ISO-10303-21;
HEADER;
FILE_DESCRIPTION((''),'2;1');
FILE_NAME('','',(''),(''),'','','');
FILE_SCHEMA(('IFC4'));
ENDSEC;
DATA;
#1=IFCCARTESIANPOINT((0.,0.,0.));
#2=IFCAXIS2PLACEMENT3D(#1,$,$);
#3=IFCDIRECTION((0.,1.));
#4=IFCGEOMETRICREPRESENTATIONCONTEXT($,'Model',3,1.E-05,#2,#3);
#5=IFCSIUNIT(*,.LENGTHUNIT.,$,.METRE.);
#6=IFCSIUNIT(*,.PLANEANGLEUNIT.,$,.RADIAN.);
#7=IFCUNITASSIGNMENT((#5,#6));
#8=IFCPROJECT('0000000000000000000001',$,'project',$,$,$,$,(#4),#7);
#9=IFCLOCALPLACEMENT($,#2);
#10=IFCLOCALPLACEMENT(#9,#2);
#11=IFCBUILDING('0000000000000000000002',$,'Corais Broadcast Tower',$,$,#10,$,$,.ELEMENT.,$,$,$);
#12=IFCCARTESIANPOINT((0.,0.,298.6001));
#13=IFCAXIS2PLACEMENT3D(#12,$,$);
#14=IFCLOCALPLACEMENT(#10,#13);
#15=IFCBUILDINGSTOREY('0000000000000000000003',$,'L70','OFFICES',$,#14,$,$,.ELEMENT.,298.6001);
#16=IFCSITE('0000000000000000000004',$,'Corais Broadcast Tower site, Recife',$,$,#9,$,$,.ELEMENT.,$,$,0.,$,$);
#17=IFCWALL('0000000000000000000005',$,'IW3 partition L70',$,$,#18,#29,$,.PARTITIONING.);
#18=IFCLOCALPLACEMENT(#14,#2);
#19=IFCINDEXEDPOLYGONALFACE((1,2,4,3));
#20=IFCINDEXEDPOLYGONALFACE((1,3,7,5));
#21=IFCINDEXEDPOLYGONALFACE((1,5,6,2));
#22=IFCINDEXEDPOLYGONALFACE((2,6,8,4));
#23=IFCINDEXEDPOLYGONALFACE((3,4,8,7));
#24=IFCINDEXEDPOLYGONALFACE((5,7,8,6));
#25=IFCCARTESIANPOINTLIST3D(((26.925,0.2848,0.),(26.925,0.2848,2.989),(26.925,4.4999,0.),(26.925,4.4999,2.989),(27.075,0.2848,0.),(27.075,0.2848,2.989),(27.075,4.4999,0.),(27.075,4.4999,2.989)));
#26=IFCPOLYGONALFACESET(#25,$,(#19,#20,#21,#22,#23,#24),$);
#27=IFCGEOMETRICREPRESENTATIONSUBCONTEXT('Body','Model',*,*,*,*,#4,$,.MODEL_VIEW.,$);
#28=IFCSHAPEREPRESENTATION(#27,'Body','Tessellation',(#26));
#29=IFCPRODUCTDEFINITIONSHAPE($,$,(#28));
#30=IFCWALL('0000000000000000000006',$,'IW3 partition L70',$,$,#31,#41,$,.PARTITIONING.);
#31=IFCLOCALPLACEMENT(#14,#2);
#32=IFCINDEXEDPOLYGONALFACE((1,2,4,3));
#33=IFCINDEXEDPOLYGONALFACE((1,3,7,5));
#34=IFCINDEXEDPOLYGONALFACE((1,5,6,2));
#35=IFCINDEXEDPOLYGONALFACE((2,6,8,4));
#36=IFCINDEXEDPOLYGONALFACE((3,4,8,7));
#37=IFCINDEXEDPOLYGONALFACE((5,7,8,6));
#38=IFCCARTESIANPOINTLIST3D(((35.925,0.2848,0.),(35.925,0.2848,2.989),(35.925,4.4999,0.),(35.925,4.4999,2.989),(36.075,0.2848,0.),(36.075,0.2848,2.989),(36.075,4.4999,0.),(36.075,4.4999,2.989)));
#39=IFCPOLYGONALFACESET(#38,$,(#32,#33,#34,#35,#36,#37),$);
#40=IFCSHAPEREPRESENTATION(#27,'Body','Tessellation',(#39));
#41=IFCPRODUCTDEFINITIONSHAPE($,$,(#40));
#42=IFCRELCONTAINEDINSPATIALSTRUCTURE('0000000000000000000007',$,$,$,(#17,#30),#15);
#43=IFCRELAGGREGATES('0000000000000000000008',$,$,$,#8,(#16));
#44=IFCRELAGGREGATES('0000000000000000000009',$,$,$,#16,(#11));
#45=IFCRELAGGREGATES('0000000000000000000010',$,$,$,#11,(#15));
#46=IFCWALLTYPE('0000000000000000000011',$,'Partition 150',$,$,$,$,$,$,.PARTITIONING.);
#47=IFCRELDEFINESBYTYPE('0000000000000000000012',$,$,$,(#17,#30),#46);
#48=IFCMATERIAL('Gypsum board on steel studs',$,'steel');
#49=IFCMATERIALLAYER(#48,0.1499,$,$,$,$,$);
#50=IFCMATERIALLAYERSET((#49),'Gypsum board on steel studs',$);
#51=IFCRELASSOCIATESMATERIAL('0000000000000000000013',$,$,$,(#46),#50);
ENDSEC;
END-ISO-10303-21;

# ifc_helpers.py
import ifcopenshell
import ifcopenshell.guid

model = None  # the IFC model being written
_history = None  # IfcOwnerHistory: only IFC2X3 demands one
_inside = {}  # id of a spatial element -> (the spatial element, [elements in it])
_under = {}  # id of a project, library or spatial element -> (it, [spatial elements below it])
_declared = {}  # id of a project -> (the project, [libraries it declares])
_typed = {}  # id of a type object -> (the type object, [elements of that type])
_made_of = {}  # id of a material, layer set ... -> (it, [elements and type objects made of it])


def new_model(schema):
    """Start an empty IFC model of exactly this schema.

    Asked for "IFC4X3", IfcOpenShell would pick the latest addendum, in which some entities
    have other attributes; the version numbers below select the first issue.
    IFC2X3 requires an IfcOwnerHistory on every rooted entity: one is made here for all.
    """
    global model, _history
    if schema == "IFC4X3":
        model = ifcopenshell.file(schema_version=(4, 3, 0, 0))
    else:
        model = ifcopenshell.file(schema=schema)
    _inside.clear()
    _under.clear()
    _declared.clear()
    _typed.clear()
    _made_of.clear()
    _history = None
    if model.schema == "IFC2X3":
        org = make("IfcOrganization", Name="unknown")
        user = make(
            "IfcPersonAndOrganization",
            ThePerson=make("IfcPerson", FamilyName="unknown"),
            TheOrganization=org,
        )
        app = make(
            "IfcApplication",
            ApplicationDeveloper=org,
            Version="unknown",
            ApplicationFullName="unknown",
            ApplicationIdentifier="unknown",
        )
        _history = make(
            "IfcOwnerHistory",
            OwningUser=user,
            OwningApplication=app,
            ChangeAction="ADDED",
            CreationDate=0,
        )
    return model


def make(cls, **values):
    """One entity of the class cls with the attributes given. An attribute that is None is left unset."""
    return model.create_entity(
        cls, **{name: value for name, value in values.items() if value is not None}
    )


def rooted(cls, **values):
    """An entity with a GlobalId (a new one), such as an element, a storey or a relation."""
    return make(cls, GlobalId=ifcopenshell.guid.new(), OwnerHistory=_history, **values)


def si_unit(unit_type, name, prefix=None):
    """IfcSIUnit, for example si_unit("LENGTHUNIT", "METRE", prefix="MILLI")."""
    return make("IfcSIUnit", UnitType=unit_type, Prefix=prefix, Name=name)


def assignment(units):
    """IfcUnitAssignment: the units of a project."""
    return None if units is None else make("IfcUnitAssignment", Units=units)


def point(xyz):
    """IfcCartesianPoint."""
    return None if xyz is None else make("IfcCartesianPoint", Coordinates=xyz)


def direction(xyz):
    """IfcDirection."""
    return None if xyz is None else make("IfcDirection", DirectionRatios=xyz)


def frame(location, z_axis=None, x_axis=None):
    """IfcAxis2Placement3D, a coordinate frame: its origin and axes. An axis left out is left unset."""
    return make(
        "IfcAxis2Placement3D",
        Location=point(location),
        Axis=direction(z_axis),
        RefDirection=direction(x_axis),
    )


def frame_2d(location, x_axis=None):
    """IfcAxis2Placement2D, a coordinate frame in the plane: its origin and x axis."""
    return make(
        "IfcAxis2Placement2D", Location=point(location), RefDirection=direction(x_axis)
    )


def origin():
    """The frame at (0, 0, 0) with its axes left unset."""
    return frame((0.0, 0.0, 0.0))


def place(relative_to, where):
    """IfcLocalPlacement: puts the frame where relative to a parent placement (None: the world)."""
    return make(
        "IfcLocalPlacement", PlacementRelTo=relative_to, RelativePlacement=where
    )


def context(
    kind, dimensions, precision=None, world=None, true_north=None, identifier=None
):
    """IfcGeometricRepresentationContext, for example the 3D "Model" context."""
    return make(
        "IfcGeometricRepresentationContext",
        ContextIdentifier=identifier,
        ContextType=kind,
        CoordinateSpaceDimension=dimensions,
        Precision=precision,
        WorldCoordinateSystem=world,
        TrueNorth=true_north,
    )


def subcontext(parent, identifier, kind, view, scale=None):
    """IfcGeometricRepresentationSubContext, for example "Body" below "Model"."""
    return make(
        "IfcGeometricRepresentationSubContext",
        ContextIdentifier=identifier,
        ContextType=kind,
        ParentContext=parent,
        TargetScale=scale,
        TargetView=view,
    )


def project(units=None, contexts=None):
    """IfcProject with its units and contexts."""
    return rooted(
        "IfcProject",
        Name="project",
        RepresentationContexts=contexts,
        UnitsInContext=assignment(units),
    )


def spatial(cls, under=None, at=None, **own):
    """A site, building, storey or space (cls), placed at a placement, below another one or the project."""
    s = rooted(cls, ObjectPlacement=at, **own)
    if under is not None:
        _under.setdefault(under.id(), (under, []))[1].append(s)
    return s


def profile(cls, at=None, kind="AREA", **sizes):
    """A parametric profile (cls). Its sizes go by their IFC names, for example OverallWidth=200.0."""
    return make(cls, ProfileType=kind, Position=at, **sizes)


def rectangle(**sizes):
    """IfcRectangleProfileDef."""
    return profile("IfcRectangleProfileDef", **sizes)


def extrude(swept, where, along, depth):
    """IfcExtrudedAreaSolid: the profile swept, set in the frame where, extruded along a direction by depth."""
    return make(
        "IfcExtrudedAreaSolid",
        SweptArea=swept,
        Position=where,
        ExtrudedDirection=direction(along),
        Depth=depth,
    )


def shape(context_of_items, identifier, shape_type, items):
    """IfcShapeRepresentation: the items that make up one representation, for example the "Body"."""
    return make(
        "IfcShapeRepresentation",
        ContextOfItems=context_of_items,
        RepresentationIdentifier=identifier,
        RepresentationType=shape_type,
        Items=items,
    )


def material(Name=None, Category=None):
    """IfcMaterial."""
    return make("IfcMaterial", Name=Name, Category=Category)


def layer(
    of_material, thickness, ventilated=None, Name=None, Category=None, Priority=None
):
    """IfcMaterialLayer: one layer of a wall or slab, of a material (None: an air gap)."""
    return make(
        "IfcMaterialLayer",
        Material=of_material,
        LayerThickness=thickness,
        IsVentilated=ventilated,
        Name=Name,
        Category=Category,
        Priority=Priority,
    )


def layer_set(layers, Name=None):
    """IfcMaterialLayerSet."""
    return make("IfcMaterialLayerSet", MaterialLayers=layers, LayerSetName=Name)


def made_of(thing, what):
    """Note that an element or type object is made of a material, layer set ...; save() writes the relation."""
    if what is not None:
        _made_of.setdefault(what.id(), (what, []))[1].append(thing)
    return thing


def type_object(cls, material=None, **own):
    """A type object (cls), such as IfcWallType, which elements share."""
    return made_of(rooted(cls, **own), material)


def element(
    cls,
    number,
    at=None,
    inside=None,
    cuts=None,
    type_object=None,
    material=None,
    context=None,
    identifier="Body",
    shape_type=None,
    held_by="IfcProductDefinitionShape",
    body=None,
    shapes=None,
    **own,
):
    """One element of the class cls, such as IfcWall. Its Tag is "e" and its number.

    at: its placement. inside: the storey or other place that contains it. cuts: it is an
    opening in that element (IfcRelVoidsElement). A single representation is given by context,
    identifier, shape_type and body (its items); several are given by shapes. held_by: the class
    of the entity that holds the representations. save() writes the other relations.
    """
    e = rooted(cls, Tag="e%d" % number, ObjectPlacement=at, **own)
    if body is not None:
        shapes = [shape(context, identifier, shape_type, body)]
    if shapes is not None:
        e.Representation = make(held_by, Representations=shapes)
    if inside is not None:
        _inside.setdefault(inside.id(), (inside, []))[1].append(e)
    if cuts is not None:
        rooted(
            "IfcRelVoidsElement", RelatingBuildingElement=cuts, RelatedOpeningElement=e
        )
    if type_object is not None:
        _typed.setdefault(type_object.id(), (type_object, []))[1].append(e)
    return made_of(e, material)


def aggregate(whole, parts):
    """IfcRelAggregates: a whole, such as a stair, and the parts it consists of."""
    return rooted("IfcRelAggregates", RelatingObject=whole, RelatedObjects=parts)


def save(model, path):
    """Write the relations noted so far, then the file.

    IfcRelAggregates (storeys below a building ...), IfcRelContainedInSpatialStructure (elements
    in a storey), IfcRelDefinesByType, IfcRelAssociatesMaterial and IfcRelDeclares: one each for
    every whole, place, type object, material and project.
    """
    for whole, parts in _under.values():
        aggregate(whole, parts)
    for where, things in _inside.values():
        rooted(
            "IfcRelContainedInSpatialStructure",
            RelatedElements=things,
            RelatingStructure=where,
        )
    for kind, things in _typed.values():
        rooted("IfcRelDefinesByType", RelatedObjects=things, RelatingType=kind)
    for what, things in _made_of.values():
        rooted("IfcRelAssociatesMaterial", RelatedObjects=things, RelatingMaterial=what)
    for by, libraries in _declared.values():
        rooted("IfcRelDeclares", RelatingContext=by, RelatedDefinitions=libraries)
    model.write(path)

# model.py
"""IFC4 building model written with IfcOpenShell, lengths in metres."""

from ifc_helpers import new_model, si_unit, direction, frame, frame_2d, origin, place, context, subcontext, project, spatial, rectangle, extrude, material, layer, layer_set, type_object, element, save


model = new_model("IFC4")

# Units and contexts
model_context = context("Model", 3, precision=1e-05, world=origin(), true_north=direction((0.0, 1.0)))
body_context = subcontext(model_context, "Body", "Model", "MODEL_VIEW")
ifc_project = project(units=[si_unit("LENGTHUNIT", "METRE"), si_unit("PLANEANGLEUNIT", "RADIAN")], contexts=[model_context])

# Site, building, storey
site_placement = place(None, origin())
site = spatial("IfcSite", under=ifc_project, at=site_placement, Name="Corais Broadcast Tower site, Recife", CompositionType="ELEMENT", RefElevation=0.0)
building_placement = place(site_placement, origin())
building = spatial("IfcBuilding", under=site, at=building_placement, Name="Corais Broadcast Tower", CompositionType="ELEMENT")
storey_placement = place(building_placement, frame((0.0, 0.0, 298.6001)))
storey = spatial("IfcBuildingStorey", under=building, at=storey_placement, Name="L70", Description="OFFICES", CompositionType="ELEMENT", Elevation=298.6001)

# Walls
ifc_material_1 = material(Name="Gypsum board on steel studs", Category="steel")
ifc_layer_1 = layer(ifc_material_1, 0.1499)
ifc_layer_set_1 = layer_set([ifc_layer_1], Name="Gypsum board on steel studs")
wall_type = type_object("IfcWallType", Name="Partition 150", PredefinedType="PARTITIONING", material=ifc_layer_set_1)
for number, where, z_axis, x_axis, name in (
    (1, (27.0, 0.2849, 0.0), (0.0, 0.0, 1.0), (0.0, 1.0, 0.0), "IW3 partition L70"),
    (2, (36.0, 0.2849, 0.0), (0.0, 0.0, 1.0), (0.0, 1.0, 0.0), "IW3 partition L70"),
):
    element("IfcWall", number, at=place(storey_placement, frame(where, z_axis=z_axis, x_axis=x_axis)), inside=storey, type_object=wall_type, Name=name, PredefinedType="PARTITIONING", context=body_context, shape_type="SweptSolid", body=[
        extrude(rectangle(XDim=4.2151, YDim=0.1499, at=frame_2d((2.1074, 0.0))), origin(), (0.0, 0.0, 1.0), 2.989),
    ])

save(model, "model.ifc")
